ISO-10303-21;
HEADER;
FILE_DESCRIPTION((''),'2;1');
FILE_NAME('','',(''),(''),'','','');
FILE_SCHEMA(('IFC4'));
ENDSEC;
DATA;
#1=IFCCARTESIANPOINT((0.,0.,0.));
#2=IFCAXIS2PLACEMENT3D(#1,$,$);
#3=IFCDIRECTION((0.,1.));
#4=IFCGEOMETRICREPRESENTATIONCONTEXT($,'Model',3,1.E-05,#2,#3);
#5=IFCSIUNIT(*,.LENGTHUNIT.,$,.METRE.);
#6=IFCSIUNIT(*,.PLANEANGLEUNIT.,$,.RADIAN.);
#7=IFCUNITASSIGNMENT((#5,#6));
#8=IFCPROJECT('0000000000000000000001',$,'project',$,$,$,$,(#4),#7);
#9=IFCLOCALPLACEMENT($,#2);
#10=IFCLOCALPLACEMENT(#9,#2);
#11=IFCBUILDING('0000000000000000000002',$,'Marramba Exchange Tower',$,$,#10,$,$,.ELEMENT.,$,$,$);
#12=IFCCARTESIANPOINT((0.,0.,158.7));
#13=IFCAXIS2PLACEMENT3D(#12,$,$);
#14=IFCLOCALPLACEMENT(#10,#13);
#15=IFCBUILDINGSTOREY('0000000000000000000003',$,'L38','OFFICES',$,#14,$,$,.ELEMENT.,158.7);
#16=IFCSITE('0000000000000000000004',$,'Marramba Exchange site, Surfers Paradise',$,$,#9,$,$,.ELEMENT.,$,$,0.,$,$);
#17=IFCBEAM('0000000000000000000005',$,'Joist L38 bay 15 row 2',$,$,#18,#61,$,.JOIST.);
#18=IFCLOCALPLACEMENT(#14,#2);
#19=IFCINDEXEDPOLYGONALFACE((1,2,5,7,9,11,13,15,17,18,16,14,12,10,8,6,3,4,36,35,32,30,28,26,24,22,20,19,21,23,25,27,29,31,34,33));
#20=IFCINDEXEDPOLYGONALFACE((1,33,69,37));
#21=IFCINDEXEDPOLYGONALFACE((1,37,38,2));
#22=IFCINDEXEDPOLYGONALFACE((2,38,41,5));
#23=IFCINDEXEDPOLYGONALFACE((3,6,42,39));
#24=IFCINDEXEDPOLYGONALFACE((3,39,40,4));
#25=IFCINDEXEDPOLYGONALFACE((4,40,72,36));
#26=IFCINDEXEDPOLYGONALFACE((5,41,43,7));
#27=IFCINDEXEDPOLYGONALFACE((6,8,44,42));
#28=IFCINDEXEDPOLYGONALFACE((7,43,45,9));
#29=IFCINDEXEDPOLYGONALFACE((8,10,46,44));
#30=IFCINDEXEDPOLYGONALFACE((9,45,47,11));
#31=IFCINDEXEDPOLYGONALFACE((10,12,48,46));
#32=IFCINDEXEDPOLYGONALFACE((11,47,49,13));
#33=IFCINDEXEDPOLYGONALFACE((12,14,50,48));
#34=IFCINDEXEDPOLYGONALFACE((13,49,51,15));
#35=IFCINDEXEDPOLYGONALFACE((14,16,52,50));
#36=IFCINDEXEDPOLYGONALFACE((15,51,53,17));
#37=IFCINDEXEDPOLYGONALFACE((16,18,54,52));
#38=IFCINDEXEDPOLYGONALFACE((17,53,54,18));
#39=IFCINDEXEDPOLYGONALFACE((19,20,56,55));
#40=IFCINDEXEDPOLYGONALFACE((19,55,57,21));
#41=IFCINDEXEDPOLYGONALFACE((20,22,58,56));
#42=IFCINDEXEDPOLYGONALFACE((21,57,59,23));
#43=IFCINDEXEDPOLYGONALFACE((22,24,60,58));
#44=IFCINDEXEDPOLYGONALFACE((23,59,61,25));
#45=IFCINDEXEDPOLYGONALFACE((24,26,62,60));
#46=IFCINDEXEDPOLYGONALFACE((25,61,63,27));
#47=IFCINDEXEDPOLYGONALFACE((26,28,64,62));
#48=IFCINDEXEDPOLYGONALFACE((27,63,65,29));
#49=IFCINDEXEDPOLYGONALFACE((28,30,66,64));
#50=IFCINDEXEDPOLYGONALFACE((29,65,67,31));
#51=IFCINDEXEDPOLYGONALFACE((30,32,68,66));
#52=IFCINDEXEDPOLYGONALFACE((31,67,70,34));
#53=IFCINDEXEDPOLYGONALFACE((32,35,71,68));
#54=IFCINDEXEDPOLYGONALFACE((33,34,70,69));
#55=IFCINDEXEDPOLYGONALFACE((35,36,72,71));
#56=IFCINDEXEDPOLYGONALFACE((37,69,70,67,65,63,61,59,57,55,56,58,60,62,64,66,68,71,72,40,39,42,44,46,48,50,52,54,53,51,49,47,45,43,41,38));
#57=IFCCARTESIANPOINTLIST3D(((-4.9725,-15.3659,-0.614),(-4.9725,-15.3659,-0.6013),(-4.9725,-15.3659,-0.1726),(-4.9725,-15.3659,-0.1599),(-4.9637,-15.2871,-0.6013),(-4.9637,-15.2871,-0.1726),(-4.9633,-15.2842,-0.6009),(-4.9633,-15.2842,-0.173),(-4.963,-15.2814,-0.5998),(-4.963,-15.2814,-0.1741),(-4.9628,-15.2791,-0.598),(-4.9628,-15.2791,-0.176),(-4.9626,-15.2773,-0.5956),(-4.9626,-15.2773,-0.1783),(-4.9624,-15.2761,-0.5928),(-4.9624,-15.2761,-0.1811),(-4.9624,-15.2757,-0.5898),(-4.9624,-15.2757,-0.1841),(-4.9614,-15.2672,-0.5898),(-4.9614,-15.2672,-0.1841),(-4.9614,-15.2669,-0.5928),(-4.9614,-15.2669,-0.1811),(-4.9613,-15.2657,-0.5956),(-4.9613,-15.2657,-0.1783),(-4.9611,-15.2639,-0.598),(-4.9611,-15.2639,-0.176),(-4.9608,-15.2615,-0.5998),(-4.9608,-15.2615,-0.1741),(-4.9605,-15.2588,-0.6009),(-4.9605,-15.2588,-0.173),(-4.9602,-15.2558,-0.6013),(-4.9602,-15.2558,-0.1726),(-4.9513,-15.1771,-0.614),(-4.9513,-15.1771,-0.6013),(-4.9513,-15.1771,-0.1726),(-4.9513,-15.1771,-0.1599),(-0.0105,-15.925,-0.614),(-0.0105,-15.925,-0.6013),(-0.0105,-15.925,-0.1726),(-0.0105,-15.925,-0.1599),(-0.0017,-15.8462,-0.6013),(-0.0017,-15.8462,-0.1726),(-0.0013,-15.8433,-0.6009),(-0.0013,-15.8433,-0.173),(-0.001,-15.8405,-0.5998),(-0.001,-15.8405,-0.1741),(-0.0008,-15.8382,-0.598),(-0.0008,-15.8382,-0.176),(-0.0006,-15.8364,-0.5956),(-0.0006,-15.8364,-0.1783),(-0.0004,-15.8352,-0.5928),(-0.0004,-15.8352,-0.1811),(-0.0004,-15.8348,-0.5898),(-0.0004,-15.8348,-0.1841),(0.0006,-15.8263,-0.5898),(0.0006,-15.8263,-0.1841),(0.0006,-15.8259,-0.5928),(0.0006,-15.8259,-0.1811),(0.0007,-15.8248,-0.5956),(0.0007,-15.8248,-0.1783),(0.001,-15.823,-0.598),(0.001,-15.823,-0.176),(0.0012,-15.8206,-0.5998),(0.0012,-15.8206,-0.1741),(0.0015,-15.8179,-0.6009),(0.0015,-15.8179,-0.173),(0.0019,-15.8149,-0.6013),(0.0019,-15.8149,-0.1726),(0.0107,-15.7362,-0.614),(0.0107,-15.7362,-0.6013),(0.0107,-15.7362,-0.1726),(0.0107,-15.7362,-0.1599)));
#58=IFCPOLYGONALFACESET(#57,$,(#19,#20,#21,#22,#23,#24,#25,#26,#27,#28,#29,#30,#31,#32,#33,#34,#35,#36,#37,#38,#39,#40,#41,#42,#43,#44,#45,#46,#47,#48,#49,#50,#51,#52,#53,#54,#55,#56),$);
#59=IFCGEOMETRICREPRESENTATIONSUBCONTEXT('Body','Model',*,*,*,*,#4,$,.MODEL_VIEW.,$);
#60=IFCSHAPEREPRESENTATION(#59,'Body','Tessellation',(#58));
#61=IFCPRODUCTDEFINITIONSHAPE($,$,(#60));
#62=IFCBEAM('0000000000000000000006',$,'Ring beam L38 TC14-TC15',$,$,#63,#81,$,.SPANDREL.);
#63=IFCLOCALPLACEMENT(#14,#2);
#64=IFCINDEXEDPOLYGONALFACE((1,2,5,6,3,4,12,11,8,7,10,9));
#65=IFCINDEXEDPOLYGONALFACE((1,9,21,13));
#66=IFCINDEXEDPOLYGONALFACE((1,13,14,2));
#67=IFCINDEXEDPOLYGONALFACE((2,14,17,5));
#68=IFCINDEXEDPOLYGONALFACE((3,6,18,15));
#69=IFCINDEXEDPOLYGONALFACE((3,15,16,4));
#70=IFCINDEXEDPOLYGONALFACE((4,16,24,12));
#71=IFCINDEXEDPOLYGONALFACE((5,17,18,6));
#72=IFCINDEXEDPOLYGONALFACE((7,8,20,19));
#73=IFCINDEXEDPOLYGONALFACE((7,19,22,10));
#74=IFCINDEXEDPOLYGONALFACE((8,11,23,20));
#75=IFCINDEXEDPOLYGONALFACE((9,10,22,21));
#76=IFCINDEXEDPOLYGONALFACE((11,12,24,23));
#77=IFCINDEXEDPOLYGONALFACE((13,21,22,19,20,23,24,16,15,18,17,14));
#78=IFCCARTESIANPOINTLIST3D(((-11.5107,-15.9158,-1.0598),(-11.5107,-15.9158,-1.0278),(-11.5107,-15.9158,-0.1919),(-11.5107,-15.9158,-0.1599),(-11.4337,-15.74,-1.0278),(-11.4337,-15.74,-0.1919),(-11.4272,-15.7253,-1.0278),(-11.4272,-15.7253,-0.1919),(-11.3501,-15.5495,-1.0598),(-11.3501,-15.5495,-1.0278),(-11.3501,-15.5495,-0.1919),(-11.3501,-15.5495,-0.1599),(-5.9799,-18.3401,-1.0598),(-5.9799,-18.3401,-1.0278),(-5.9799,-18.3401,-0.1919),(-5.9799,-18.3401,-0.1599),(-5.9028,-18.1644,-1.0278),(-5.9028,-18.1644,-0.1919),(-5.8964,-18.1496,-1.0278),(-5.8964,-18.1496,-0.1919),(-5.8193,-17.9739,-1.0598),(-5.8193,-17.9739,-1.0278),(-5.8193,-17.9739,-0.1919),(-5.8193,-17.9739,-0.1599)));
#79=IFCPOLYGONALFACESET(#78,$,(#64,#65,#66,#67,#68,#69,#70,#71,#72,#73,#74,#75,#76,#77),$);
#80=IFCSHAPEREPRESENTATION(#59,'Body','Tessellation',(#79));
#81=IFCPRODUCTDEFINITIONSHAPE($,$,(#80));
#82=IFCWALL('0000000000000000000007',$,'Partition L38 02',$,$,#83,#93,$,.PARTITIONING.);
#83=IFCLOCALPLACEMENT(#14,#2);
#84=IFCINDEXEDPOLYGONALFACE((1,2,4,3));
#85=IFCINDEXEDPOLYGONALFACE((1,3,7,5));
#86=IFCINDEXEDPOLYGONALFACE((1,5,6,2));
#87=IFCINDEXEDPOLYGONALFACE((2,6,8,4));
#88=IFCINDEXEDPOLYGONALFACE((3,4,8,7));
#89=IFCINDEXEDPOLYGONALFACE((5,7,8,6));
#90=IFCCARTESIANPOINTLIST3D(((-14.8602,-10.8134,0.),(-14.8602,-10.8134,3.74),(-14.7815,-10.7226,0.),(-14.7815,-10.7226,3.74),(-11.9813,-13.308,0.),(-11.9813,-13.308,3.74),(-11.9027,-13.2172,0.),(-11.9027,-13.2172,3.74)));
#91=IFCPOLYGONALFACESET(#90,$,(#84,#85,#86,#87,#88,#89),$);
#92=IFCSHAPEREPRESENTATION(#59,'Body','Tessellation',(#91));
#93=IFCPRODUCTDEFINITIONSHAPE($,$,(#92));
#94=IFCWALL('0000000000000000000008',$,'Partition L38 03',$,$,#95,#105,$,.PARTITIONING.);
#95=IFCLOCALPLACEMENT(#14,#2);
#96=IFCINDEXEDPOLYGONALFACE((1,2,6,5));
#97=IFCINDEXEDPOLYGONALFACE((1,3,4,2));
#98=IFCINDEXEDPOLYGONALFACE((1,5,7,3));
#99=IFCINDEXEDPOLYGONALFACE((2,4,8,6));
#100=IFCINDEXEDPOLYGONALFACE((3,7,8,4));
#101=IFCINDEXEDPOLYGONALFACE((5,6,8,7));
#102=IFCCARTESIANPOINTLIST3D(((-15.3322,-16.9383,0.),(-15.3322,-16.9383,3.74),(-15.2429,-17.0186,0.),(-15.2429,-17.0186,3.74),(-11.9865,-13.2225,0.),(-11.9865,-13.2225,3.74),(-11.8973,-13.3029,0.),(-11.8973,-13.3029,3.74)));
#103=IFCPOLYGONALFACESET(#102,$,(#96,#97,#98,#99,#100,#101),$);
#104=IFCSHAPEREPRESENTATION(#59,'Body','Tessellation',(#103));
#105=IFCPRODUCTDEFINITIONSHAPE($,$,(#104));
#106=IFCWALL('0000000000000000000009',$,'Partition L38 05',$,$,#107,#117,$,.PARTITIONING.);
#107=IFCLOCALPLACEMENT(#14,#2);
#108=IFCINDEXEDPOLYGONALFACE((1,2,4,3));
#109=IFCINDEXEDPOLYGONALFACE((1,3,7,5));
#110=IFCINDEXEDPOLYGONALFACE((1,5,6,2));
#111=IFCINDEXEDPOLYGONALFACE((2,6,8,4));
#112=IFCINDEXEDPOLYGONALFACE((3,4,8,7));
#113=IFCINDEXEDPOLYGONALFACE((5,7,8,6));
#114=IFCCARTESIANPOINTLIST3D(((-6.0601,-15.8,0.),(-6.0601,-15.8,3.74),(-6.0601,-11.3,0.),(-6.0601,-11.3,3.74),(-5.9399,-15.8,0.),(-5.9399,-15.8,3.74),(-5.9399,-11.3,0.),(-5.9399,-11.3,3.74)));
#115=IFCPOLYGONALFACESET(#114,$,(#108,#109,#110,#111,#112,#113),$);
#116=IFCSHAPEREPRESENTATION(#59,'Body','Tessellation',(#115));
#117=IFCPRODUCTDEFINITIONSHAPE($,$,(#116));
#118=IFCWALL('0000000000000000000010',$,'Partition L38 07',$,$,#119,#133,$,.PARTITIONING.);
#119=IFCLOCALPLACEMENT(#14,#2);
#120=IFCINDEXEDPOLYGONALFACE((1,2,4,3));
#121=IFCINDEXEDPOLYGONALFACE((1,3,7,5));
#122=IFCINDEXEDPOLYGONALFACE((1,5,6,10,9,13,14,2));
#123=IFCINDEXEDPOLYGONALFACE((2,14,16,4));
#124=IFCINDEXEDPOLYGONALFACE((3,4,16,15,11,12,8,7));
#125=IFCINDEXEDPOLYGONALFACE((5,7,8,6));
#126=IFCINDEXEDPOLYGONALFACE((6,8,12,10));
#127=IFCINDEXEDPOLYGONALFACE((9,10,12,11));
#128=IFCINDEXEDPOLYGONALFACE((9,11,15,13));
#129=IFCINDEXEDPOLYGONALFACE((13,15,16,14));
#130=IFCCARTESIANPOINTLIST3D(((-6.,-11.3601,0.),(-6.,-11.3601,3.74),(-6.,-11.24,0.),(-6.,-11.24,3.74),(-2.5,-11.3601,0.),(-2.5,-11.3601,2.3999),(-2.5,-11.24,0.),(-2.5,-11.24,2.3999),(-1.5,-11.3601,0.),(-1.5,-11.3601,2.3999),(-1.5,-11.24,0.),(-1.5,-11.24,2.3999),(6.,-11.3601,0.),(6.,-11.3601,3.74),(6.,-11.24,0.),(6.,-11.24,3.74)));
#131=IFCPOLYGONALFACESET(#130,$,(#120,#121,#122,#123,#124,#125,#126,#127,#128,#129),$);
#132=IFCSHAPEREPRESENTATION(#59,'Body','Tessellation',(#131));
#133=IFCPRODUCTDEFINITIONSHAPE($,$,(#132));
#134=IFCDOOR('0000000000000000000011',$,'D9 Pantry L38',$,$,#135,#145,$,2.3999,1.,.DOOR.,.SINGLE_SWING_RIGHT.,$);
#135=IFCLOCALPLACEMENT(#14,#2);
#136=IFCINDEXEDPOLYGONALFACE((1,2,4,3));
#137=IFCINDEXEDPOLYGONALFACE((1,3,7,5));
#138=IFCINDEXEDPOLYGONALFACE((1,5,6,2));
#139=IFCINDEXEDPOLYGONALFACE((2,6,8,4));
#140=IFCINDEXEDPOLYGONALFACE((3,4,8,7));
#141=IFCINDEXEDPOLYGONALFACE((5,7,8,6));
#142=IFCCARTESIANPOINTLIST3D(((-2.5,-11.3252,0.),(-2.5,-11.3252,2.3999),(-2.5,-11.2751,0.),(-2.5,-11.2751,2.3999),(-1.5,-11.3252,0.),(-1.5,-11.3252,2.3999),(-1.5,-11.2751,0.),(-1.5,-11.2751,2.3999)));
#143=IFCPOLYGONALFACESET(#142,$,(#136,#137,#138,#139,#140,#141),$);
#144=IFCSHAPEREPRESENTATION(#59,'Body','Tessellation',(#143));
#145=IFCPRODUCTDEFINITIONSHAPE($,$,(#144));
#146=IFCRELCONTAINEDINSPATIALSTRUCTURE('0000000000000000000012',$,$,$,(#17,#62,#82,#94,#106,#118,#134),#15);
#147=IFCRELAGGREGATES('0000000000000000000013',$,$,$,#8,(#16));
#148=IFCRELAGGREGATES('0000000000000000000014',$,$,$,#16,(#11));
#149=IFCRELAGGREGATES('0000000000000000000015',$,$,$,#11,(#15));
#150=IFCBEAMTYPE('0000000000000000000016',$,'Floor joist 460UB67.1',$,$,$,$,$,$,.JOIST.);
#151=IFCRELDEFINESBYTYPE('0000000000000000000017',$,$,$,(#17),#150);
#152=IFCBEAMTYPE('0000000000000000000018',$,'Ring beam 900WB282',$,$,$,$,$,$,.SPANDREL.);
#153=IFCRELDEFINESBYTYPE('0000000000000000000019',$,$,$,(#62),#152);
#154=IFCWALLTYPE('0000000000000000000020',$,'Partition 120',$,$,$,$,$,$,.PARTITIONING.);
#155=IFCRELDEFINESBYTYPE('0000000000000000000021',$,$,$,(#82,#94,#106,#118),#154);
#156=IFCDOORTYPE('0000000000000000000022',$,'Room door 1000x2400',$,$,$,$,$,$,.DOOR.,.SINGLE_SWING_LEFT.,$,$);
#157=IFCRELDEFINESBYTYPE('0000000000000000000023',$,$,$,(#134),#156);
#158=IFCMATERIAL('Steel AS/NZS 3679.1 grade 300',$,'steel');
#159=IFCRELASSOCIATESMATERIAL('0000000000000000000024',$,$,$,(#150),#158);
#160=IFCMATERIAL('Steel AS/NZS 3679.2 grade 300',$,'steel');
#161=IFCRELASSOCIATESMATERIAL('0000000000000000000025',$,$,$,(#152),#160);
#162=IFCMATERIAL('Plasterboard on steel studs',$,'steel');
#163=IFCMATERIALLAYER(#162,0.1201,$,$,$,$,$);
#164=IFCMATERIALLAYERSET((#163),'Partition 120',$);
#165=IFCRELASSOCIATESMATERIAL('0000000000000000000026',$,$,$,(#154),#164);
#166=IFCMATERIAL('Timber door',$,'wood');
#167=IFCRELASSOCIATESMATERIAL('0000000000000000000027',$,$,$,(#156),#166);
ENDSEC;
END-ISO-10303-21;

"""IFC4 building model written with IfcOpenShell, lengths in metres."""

from ifc_helpers import new_model, si_unit, direction, frame, frame_2d, origin, origin_2d, place, context, subcontext, project, spatial, rectangle, i_section, extrude, material, layer, layer_set, material_profile, profile_set, type_object, element, fill, save


model = new_model("IFC4")

# Units and contexts
model_context = context("Model", 3, precision=1e-05, world=origin(), true_north=direction((0.0, 1.0)))
body_context = subcontext(model_context, "Body", "Model", "MODEL_VIEW")
ifc_project = project(units=[si_unit("LENGTHUNIT", "METRE"), si_unit("PLANEANGLEUNIT", "RADIAN")], contexts=[model_context])

# Site, building, storey
site_placement = place(None, origin())
site = spatial("IfcSite", under=ifc_project, at=site_placement, Name="Marramba Exchange site, Surfers Paradise", CompositionType="ELEMENT", RefElevation=0.0)
building_placement = place(site_placement, origin())
building = spatial("IfcBuilding", under=site, at=building_placement, Name="Marramba Exchange Tower", CompositionType="ELEMENT")
storey_placement = place(building_placement, frame((0.0, 0.0, 158.7)))
storey = spatial("IfcBuildingStorey", under=building, at=storey_placement, Name="L38", Description="OFFICES", CompositionType="ELEMENT", Elevation=158.7)

# Beams
ifc_material_1 = material(Name="Steel AS/NZS 3679.2 grade 300", Category="steel")
ifc_material_2 = material(Name="Steel AS/NZS 3679.1 grade 300", Category="steel")
ifc_material_profile_1 = material_profile(ifc_material_2, i_section(OverallWidth=0.1899, OverallDepth=0.4541, WebThickness=0.0085, FlangeThickness=0.0127, FilletRadius=0.0115, at=origin_2d()), Name="460UB67.1")
ifc_profile_set_1 = profile_set([ifc_material_profile_1], Name="Steel AS/NZS 3679.1 grade 300")
beam_type_1 = type_object("IfcBeamType", Name="Floor joist 460UB67.1", PredefinedType="JOIST", material=ifc_profile_set_1)
beam_1_placement = place(storey_placement, frame((-4.9619, -15.2715, -0.387), z_axis=(0.993712, -0.111966, 0.0), x_axis=(0.111966, 0.993712, 0.0)))
element("IfcBeam", 1, at=beam_1_placement, inside=storey, type_object=beam_type_1, Name="Joist L38 bay 15 row 2", PredefinedType="JOIST", context=body_context, shape_type="SweptSolid", body=[
    extrude(i_section(OverallWidth=0.1899, OverallDepth=0.4541, WebThickness=0.0085, FlangeThickness=0.0127, FilletRadius=0.0115, at=origin_2d()), origin(), (0.0, 0.0, 1.0), 4.9934),
])
ifc_material_profile_2 = material_profile(ifc_material_1, i_section(OverallWidth=0.3999, OverallDepth=0.8999, WebThickness=0.0161, FlangeThickness=0.032, at=origin_2d()), Name="900WB282")
ifc_profile_set_2 = profile_set([ifc_material_profile_2], Name="Steel AS/NZS 3679.2 grade 300")
beam_type_2 = type_object("IfcBeamType", Name="Ring beam 900WB282", PredefinedType="SPANDREL", material=ifc_profile_set_2)
beam_2_placement = place(storey_placement, frame((-11.4304, -15.7327, -0.6099), z_axis=(0.915877, -0.401459, 0.0), x_axis=(0.401459, 0.915877, 0.0)))
element("IfcBeam", 2, at=beam_2_placement, inside=storey, type_object=beam_type_2, Name="Ring beam L38 TC14-TC15", PredefinedType="SPANDREL", context=body_context, shape_type="SweptSolid", body=[
    extrude(i_section(OverallWidth=0.3999, OverallDepth=0.8999, WebThickness=0.0161, FlangeThickness=0.032, at=origin_2d()), origin(), (0.0, 0.0, 1.0), 6.0388),
])

# Walls
ifc_material_3 = material(Name="Plasterboard on steel studs", Category="steel")
ifc_layer = layer(ifc_material_3, 0.1201)
ifc_layer_set = layer_set([ifc_layer], Name="Partition 120")
wall_type = type_object("IfcWallType", Name="Partition 120", PredefinedType="PARTITIONING", material=ifc_layer_set)
wall_1_placement = place(storey_placement, frame((-11.9419, -13.2627, 0.0), z_axis=(0.0, 0.0, 1.0), x_axis=(-0.755744, 0.654867, 0.0)))
element("IfcWall", 3, at=wall_1_placement, inside=storey, type_object=wall_type, Name="Partition L38 02", PredefinedType="PARTITIONING", context=body_context, shape_type="SweptSolid", body=[
    extrude(rectangle(XDim=3.8093, YDim=0.1201, at=frame_2d((1.9048, 0.0))), origin(), (0.0, 0.0, 1.0), 3.74),
])
wall_2_placement = place(storey_placement, frame((-11.9419, -13.2627, 0.0), z_axis=(0.0, 0.0, 1.0), x_axis=(-0.669127, -0.743148, 0.0)))
element("IfcWall", 4, at=wall_2_placement, inside=storey, type_object=wall_type, Name="Partition L38 03", PredefinedType="PARTITIONING", context=body_context, shape_type="SweptSolid", body=[
    extrude(rectangle(XDim=5.0, YDim=0.1201, at=frame_2d((2.5, 0.0))), origin(), (0.0, 0.0, 1.0), 3.74),
])
wall_3_placement = place(storey_placement, frame((-6.0, -15.8, 0.0), z_axis=(0.0, 0.0, 1.0), x_axis=(0.0, 1.0, 0.0)))
element("IfcWall", 5, at=wall_3_placement, inside=storey, type_object=wall_type, Name="Partition L38 05", PredefinedType="PARTITIONING", context=body_context, shape_type="SweptSolid", body=[
    extrude(rectangle(XDim=4.5, YDim=0.1201, at=frame_2d((2.25, 0.0))), origin(), (0.0, 0.0, 1.0), 3.74),
])

# Wall, opening, door
wall_4_placement = place(storey_placement, frame((-6.0, -11.3, 0.0), z_axis=(0.0, 0.0, 1.0), x_axis=(1.0, 0.0, 0.0)))
wall_4 = element("IfcWall", 6, at=wall_4_placement, inside=storey, type_object=wall_type, Name="Partition L38 07", PredefinedType="PARTITIONING", context=body_context, shape_type="SweptSolid", body=[
    extrude(rectangle(XDim=12.0, YDim=0.1201, at=frame_2d((6.0, 0.0))), origin(), (0.0, 0.0, 1.0), 3.74),
])
opening_placement = place(wall_4_placement, frame((3.5, 0.0, 0.0)))
opening = element("IfcOpeningElement", 7, at=opening_placement, cuts=wall_4, PredefinedType="OPENING", context=body_context, shape_type="SweptSolid", body=[
    extrude(rectangle(XDim=1.0, YDim=2.3999, at=frame_2d((0.5, 1.2))), frame((0.0, 0.0701, 0.0), z_axis=(0.0, -1.0, 0.0), x_axis=(1.0, 0.0, 0.0)), (0.0, 0.0, 1.0), 0.1401),
])
ifc_material_4 = material(Name="Timber door", Category="wood")
door_type = type_object("IfcDoorType", Name="Room door 1000x2400", OperationType="SINGLE_SWING_LEFT", PredefinedType="DOOR", material=ifc_material_4)
door_placement = place(opening_placement, frame((1.0, 0.0, 0.0), z_axis=(0.0, 0.0, 1.0), x_axis=(-1.0, 0.0, 0.0)))
door = element("IfcDoor", 8, at=door_placement, inside=storey, type_object=door_type, Name="D9 Pantry L38", OperationType="SINGLE_SWING_RIGHT", OverallHeight=2.3999, OverallWidth=1.0, PredefinedType="DOOR", context=body_context, shape_type="SweptSolid", body=[
    extrude(rectangle(XDim=1.0, YDim=2.3999, at=frame_2d((0.5, 1.2))), frame((0.0, 0.0251, 0.0), z_axis=(0.0, -1.0, 0.0), x_axis=(1.0, 0.0, 0.0)), (0.0, 0.0, 1.0), 0.05),
])
fill(opening, door)

save(model, "model.ifc")
